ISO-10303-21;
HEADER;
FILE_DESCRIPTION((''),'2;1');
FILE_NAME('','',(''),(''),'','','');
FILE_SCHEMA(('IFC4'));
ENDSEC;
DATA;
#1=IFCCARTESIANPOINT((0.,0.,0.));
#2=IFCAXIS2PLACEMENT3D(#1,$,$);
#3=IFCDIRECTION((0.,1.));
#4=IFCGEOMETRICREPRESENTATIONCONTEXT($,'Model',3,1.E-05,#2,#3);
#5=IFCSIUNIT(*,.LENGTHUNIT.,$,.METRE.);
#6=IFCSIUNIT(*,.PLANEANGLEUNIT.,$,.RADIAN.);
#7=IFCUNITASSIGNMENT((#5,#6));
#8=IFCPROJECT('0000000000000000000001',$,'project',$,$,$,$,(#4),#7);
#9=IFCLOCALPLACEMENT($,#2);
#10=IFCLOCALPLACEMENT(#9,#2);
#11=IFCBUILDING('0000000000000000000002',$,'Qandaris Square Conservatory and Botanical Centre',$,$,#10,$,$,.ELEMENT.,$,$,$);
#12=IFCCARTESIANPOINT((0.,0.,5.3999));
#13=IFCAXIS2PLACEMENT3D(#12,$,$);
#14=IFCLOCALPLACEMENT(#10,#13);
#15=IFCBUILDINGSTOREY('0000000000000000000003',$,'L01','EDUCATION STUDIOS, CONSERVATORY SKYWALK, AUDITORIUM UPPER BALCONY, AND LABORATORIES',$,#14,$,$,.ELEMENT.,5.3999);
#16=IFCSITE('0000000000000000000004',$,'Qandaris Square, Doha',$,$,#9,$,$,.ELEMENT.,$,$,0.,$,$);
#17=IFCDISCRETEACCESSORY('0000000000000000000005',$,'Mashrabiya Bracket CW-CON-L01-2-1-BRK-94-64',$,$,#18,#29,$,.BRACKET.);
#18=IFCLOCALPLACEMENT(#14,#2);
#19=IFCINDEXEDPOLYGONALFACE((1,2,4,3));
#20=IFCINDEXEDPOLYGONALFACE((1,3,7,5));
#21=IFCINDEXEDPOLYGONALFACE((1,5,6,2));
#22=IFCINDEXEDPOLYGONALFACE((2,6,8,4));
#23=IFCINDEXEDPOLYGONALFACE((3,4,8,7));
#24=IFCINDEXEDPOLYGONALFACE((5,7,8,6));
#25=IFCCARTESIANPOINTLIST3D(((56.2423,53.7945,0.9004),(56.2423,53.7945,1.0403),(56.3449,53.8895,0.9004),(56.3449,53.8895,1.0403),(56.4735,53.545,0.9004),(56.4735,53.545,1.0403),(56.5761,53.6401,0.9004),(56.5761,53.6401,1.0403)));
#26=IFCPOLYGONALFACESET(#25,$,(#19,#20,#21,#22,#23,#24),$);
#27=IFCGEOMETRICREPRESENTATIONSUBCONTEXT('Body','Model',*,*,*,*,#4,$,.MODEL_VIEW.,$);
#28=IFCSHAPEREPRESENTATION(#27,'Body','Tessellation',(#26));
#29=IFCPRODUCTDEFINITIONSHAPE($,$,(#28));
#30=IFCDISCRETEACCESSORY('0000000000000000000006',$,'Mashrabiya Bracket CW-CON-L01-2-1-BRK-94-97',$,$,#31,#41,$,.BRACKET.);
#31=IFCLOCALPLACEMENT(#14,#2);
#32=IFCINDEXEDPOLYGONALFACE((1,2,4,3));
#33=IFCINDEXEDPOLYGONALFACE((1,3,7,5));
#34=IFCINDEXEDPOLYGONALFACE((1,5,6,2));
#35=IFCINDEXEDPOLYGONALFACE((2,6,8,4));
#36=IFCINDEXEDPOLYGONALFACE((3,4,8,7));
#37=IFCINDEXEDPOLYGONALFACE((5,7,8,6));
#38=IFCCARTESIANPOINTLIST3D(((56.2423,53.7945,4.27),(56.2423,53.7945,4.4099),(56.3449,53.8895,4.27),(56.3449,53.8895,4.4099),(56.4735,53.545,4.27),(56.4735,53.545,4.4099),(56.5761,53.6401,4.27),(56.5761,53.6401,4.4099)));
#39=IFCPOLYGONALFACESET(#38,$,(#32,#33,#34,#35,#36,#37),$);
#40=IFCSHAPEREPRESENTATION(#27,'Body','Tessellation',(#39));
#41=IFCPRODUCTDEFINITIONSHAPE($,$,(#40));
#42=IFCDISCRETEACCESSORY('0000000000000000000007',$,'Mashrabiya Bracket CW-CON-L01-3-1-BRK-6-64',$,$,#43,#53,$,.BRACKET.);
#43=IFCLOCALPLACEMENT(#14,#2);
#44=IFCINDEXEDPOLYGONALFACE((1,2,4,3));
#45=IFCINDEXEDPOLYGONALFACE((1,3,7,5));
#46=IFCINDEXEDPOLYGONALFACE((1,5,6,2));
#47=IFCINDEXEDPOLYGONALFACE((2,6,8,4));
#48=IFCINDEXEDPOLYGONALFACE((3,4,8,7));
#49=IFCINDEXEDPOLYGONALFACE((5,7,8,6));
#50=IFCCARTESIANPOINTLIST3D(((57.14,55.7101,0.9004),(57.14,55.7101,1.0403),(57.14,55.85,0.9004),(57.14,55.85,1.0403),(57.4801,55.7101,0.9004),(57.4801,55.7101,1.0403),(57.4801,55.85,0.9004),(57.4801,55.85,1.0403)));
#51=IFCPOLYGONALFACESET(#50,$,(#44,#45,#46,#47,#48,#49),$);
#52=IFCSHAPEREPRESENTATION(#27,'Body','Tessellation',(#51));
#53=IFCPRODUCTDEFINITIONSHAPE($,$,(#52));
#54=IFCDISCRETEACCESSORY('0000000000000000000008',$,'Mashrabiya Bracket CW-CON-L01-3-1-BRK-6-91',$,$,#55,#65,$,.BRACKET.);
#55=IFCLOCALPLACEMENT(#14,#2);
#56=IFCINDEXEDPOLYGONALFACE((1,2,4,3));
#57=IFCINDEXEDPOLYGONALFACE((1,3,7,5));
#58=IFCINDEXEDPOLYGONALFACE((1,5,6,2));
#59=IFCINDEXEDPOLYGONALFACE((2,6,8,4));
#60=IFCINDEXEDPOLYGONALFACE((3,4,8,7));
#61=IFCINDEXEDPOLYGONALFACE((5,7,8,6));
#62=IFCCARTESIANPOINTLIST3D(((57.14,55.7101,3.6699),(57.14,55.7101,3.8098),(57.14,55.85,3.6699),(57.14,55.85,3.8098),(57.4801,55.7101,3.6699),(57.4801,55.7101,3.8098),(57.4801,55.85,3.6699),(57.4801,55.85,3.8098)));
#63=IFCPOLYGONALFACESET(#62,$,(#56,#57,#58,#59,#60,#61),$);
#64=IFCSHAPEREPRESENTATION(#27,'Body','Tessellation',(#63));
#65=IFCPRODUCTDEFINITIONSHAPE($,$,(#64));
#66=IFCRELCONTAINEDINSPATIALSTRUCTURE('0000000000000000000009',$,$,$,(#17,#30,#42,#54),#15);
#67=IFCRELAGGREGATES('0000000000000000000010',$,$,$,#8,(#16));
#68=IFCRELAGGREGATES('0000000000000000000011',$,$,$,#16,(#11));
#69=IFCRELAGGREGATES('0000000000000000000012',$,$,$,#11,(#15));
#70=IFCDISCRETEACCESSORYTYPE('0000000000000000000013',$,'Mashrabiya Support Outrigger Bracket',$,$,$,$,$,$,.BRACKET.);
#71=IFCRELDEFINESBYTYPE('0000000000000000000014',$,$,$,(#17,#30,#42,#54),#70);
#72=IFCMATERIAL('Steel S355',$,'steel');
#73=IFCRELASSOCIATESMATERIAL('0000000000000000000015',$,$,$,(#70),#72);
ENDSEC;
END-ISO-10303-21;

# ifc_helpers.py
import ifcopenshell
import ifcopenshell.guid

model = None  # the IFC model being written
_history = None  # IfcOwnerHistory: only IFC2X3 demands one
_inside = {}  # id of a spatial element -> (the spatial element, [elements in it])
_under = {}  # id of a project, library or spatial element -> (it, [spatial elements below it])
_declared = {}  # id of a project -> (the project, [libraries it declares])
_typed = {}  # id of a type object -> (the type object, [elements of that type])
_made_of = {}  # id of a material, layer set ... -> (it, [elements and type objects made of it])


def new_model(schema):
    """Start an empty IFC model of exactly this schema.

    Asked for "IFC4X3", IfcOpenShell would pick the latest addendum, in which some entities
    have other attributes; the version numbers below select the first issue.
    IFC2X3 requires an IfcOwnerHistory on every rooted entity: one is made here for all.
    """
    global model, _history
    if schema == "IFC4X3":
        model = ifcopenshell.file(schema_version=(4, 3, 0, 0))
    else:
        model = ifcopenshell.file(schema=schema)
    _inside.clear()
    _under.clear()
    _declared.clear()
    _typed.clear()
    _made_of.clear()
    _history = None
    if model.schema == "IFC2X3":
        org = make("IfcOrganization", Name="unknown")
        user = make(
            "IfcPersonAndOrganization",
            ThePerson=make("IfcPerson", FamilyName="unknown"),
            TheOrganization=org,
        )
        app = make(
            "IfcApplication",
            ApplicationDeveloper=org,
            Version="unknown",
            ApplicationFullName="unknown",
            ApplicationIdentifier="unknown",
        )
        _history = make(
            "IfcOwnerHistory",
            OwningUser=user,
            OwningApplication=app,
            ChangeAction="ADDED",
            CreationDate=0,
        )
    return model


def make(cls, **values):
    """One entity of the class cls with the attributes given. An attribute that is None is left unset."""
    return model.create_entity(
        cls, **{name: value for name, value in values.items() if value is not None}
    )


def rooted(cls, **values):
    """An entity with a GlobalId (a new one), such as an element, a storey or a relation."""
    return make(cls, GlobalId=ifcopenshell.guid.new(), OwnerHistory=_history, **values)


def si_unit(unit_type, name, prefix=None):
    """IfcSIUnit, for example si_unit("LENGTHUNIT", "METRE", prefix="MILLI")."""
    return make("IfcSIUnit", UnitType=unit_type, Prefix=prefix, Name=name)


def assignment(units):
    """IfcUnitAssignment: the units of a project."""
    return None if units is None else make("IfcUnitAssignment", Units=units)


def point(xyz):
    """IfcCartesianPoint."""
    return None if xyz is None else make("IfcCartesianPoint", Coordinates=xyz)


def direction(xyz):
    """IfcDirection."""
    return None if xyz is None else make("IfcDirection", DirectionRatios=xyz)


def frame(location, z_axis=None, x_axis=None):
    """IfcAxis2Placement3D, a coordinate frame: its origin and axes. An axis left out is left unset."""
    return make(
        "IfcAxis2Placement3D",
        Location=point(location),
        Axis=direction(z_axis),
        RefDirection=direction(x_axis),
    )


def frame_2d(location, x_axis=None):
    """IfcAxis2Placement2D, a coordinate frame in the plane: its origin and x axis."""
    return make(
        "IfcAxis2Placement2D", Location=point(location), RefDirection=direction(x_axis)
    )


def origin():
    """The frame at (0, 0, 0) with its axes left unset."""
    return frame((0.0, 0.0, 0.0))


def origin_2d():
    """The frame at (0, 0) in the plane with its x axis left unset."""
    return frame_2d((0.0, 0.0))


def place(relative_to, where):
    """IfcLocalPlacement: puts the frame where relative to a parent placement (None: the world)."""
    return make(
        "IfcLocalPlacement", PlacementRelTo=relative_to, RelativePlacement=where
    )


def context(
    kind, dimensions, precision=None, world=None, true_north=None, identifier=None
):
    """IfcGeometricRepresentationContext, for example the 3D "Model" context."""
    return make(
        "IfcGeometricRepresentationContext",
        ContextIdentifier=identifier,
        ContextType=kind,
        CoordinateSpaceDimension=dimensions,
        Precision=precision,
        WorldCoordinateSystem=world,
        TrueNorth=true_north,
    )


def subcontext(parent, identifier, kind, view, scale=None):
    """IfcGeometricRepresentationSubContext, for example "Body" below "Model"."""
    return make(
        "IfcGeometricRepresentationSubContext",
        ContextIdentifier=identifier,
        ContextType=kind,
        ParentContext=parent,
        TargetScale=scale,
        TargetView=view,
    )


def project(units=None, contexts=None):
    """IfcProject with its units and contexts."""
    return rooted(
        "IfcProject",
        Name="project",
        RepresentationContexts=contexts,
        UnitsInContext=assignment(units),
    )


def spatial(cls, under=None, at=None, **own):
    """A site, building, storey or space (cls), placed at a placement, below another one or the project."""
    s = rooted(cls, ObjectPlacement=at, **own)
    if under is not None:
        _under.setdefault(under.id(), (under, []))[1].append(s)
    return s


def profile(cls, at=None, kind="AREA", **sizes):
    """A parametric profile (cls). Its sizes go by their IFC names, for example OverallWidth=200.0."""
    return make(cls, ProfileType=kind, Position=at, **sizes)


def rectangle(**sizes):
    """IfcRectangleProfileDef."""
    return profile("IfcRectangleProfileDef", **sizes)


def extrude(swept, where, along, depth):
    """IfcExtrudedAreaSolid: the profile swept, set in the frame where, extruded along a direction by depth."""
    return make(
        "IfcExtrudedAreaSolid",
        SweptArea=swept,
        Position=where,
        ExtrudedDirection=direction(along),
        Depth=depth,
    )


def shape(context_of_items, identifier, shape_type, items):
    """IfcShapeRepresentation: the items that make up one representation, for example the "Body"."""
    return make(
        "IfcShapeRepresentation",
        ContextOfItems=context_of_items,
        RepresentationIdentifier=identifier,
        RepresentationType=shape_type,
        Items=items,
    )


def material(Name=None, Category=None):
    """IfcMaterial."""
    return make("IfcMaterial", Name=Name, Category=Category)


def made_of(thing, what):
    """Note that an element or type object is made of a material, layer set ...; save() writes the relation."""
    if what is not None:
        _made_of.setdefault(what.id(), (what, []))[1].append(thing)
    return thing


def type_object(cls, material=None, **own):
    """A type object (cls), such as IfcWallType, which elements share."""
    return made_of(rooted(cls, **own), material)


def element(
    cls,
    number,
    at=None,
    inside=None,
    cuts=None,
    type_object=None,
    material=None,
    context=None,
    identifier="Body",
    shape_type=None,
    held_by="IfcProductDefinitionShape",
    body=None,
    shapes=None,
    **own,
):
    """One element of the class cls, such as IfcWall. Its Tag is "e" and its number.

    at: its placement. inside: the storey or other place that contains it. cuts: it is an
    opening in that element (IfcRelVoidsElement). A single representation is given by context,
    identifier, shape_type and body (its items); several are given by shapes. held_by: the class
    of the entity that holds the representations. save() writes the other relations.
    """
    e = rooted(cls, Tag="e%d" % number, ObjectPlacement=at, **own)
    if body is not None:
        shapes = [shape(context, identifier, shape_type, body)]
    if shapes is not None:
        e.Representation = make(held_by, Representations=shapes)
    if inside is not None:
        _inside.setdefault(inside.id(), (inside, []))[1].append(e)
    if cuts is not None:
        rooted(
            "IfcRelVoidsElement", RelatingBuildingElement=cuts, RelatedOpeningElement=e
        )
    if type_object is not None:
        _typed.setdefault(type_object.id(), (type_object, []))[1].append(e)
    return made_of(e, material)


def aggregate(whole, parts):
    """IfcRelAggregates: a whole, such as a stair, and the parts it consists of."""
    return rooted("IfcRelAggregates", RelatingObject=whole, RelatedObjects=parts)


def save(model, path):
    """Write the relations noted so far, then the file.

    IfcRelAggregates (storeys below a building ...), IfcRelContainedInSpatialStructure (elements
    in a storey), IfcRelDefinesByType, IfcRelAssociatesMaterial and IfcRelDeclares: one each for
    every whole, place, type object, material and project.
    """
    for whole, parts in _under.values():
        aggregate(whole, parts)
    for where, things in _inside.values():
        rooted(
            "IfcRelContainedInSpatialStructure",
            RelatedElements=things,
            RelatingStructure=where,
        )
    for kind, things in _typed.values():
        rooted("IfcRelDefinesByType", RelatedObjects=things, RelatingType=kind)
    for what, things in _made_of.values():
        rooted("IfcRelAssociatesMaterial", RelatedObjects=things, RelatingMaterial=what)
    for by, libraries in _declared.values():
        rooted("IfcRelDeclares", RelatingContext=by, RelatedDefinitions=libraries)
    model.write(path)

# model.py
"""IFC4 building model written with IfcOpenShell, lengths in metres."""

from ifc_helpers import new_model, si_unit, direction, frame, origin, origin_2d, place, context, subcontext, project, spatial, rectangle, extrude, material, type_object, element, save


model = new_model("IFC4")

# Units and contexts
model_context = context("Model", 3, precision=1e-05, world=origin(), true_north=direction((0.0, 1.0)))
body_context = subcontext(model_context, "Body", "Model", "MODEL_VIEW")
ifc_project = project(units=[si_unit("LENGTHUNIT", "METRE"), si_unit("PLANEANGLEUNIT", "RADIAN")], contexts=[model_context])

# Site, building, storey
site_placement = place(None, origin())
site = spatial("IfcSite", under=ifc_project, at=site_placement, Name="Qandaris Square, Doha", CompositionType="ELEMENT", RefElevation=0.0)
building_placement = place(site_placement, origin())
building = spatial("IfcBuilding", under=site, at=building_placement, Name="Qandaris Square Conservatory and Botanical Centre", CompositionType="ELEMENT")
storey_placement = place(building_placement, frame((0.0, 0.0, 5.3999)))
storey = spatial("IfcBuildingStorey", under=building, at=storey_placement, Name="L01", Description="EDUCATION STUDIOS, CONSERVATORY SKYWALK, AUDITORIUM UPPER BALCONY, AND LABORATORIES", CompositionType="ELEMENT", Elevation=5.3999)

# Discrete accessories
ifc_material_1 = material(Name="Steel S355", Category="steel")
discrete_accessory_type = type_object("IfcDiscreteAccessoryType", Name="Mashrabiya Support Outrigger Bracket", PredefinedType="BRACKET", material=ifc_material_1)
for number, where, z_axis, x_axis, name in (
    (1, (56.4092, 53.7173, 0.9004), (0.0, 0.0, 1.0), (0.733433, 0.679762, 0.0), "Mashrabiya Bracket CW-CON-L01-2-1-BRK-94-64"),
    (2, (56.4092, 53.7173, 4.27), (0.0, 0.0, 1.0), (0.733433, 0.679762, 0.0), "Mashrabiya Bracket CW-CON-L01-2-1-BRK-94-97"),
    (3, (57.3101, 55.78, 0.9004), (0.0, 0.0, 1.0), (0.0, 1.0, 0.0), "Mashrabiya Bracket CW-CON-L01-3-1-BRK-6-64"),
    (4, (57.3101, 55.78, 3.6699), (0.0, 0.0, 1.0), (0.0, 1.0, 0.0), "Mashrabiya Bracket CW-CON-L01-3-1-BRK-6-91"),
):
    element("IfcDiscreteAccessory", number, at=place(storey_placement, frame(where, z_axis=z_axis, x_axis=x_axis)), inside=storey, type_object=discrete_accessory_type, Name=name, PredefinedType="BRACKET", context=body_context, shape_type="SweptSolid", body=[
        extrude(rectangle(XDim=0.1399, YDim=0.3401, at=origin_2d()), origin(), (0.0, 0.0, 1.0), 0.1399),
    ])

save(model, "model.ifc")
